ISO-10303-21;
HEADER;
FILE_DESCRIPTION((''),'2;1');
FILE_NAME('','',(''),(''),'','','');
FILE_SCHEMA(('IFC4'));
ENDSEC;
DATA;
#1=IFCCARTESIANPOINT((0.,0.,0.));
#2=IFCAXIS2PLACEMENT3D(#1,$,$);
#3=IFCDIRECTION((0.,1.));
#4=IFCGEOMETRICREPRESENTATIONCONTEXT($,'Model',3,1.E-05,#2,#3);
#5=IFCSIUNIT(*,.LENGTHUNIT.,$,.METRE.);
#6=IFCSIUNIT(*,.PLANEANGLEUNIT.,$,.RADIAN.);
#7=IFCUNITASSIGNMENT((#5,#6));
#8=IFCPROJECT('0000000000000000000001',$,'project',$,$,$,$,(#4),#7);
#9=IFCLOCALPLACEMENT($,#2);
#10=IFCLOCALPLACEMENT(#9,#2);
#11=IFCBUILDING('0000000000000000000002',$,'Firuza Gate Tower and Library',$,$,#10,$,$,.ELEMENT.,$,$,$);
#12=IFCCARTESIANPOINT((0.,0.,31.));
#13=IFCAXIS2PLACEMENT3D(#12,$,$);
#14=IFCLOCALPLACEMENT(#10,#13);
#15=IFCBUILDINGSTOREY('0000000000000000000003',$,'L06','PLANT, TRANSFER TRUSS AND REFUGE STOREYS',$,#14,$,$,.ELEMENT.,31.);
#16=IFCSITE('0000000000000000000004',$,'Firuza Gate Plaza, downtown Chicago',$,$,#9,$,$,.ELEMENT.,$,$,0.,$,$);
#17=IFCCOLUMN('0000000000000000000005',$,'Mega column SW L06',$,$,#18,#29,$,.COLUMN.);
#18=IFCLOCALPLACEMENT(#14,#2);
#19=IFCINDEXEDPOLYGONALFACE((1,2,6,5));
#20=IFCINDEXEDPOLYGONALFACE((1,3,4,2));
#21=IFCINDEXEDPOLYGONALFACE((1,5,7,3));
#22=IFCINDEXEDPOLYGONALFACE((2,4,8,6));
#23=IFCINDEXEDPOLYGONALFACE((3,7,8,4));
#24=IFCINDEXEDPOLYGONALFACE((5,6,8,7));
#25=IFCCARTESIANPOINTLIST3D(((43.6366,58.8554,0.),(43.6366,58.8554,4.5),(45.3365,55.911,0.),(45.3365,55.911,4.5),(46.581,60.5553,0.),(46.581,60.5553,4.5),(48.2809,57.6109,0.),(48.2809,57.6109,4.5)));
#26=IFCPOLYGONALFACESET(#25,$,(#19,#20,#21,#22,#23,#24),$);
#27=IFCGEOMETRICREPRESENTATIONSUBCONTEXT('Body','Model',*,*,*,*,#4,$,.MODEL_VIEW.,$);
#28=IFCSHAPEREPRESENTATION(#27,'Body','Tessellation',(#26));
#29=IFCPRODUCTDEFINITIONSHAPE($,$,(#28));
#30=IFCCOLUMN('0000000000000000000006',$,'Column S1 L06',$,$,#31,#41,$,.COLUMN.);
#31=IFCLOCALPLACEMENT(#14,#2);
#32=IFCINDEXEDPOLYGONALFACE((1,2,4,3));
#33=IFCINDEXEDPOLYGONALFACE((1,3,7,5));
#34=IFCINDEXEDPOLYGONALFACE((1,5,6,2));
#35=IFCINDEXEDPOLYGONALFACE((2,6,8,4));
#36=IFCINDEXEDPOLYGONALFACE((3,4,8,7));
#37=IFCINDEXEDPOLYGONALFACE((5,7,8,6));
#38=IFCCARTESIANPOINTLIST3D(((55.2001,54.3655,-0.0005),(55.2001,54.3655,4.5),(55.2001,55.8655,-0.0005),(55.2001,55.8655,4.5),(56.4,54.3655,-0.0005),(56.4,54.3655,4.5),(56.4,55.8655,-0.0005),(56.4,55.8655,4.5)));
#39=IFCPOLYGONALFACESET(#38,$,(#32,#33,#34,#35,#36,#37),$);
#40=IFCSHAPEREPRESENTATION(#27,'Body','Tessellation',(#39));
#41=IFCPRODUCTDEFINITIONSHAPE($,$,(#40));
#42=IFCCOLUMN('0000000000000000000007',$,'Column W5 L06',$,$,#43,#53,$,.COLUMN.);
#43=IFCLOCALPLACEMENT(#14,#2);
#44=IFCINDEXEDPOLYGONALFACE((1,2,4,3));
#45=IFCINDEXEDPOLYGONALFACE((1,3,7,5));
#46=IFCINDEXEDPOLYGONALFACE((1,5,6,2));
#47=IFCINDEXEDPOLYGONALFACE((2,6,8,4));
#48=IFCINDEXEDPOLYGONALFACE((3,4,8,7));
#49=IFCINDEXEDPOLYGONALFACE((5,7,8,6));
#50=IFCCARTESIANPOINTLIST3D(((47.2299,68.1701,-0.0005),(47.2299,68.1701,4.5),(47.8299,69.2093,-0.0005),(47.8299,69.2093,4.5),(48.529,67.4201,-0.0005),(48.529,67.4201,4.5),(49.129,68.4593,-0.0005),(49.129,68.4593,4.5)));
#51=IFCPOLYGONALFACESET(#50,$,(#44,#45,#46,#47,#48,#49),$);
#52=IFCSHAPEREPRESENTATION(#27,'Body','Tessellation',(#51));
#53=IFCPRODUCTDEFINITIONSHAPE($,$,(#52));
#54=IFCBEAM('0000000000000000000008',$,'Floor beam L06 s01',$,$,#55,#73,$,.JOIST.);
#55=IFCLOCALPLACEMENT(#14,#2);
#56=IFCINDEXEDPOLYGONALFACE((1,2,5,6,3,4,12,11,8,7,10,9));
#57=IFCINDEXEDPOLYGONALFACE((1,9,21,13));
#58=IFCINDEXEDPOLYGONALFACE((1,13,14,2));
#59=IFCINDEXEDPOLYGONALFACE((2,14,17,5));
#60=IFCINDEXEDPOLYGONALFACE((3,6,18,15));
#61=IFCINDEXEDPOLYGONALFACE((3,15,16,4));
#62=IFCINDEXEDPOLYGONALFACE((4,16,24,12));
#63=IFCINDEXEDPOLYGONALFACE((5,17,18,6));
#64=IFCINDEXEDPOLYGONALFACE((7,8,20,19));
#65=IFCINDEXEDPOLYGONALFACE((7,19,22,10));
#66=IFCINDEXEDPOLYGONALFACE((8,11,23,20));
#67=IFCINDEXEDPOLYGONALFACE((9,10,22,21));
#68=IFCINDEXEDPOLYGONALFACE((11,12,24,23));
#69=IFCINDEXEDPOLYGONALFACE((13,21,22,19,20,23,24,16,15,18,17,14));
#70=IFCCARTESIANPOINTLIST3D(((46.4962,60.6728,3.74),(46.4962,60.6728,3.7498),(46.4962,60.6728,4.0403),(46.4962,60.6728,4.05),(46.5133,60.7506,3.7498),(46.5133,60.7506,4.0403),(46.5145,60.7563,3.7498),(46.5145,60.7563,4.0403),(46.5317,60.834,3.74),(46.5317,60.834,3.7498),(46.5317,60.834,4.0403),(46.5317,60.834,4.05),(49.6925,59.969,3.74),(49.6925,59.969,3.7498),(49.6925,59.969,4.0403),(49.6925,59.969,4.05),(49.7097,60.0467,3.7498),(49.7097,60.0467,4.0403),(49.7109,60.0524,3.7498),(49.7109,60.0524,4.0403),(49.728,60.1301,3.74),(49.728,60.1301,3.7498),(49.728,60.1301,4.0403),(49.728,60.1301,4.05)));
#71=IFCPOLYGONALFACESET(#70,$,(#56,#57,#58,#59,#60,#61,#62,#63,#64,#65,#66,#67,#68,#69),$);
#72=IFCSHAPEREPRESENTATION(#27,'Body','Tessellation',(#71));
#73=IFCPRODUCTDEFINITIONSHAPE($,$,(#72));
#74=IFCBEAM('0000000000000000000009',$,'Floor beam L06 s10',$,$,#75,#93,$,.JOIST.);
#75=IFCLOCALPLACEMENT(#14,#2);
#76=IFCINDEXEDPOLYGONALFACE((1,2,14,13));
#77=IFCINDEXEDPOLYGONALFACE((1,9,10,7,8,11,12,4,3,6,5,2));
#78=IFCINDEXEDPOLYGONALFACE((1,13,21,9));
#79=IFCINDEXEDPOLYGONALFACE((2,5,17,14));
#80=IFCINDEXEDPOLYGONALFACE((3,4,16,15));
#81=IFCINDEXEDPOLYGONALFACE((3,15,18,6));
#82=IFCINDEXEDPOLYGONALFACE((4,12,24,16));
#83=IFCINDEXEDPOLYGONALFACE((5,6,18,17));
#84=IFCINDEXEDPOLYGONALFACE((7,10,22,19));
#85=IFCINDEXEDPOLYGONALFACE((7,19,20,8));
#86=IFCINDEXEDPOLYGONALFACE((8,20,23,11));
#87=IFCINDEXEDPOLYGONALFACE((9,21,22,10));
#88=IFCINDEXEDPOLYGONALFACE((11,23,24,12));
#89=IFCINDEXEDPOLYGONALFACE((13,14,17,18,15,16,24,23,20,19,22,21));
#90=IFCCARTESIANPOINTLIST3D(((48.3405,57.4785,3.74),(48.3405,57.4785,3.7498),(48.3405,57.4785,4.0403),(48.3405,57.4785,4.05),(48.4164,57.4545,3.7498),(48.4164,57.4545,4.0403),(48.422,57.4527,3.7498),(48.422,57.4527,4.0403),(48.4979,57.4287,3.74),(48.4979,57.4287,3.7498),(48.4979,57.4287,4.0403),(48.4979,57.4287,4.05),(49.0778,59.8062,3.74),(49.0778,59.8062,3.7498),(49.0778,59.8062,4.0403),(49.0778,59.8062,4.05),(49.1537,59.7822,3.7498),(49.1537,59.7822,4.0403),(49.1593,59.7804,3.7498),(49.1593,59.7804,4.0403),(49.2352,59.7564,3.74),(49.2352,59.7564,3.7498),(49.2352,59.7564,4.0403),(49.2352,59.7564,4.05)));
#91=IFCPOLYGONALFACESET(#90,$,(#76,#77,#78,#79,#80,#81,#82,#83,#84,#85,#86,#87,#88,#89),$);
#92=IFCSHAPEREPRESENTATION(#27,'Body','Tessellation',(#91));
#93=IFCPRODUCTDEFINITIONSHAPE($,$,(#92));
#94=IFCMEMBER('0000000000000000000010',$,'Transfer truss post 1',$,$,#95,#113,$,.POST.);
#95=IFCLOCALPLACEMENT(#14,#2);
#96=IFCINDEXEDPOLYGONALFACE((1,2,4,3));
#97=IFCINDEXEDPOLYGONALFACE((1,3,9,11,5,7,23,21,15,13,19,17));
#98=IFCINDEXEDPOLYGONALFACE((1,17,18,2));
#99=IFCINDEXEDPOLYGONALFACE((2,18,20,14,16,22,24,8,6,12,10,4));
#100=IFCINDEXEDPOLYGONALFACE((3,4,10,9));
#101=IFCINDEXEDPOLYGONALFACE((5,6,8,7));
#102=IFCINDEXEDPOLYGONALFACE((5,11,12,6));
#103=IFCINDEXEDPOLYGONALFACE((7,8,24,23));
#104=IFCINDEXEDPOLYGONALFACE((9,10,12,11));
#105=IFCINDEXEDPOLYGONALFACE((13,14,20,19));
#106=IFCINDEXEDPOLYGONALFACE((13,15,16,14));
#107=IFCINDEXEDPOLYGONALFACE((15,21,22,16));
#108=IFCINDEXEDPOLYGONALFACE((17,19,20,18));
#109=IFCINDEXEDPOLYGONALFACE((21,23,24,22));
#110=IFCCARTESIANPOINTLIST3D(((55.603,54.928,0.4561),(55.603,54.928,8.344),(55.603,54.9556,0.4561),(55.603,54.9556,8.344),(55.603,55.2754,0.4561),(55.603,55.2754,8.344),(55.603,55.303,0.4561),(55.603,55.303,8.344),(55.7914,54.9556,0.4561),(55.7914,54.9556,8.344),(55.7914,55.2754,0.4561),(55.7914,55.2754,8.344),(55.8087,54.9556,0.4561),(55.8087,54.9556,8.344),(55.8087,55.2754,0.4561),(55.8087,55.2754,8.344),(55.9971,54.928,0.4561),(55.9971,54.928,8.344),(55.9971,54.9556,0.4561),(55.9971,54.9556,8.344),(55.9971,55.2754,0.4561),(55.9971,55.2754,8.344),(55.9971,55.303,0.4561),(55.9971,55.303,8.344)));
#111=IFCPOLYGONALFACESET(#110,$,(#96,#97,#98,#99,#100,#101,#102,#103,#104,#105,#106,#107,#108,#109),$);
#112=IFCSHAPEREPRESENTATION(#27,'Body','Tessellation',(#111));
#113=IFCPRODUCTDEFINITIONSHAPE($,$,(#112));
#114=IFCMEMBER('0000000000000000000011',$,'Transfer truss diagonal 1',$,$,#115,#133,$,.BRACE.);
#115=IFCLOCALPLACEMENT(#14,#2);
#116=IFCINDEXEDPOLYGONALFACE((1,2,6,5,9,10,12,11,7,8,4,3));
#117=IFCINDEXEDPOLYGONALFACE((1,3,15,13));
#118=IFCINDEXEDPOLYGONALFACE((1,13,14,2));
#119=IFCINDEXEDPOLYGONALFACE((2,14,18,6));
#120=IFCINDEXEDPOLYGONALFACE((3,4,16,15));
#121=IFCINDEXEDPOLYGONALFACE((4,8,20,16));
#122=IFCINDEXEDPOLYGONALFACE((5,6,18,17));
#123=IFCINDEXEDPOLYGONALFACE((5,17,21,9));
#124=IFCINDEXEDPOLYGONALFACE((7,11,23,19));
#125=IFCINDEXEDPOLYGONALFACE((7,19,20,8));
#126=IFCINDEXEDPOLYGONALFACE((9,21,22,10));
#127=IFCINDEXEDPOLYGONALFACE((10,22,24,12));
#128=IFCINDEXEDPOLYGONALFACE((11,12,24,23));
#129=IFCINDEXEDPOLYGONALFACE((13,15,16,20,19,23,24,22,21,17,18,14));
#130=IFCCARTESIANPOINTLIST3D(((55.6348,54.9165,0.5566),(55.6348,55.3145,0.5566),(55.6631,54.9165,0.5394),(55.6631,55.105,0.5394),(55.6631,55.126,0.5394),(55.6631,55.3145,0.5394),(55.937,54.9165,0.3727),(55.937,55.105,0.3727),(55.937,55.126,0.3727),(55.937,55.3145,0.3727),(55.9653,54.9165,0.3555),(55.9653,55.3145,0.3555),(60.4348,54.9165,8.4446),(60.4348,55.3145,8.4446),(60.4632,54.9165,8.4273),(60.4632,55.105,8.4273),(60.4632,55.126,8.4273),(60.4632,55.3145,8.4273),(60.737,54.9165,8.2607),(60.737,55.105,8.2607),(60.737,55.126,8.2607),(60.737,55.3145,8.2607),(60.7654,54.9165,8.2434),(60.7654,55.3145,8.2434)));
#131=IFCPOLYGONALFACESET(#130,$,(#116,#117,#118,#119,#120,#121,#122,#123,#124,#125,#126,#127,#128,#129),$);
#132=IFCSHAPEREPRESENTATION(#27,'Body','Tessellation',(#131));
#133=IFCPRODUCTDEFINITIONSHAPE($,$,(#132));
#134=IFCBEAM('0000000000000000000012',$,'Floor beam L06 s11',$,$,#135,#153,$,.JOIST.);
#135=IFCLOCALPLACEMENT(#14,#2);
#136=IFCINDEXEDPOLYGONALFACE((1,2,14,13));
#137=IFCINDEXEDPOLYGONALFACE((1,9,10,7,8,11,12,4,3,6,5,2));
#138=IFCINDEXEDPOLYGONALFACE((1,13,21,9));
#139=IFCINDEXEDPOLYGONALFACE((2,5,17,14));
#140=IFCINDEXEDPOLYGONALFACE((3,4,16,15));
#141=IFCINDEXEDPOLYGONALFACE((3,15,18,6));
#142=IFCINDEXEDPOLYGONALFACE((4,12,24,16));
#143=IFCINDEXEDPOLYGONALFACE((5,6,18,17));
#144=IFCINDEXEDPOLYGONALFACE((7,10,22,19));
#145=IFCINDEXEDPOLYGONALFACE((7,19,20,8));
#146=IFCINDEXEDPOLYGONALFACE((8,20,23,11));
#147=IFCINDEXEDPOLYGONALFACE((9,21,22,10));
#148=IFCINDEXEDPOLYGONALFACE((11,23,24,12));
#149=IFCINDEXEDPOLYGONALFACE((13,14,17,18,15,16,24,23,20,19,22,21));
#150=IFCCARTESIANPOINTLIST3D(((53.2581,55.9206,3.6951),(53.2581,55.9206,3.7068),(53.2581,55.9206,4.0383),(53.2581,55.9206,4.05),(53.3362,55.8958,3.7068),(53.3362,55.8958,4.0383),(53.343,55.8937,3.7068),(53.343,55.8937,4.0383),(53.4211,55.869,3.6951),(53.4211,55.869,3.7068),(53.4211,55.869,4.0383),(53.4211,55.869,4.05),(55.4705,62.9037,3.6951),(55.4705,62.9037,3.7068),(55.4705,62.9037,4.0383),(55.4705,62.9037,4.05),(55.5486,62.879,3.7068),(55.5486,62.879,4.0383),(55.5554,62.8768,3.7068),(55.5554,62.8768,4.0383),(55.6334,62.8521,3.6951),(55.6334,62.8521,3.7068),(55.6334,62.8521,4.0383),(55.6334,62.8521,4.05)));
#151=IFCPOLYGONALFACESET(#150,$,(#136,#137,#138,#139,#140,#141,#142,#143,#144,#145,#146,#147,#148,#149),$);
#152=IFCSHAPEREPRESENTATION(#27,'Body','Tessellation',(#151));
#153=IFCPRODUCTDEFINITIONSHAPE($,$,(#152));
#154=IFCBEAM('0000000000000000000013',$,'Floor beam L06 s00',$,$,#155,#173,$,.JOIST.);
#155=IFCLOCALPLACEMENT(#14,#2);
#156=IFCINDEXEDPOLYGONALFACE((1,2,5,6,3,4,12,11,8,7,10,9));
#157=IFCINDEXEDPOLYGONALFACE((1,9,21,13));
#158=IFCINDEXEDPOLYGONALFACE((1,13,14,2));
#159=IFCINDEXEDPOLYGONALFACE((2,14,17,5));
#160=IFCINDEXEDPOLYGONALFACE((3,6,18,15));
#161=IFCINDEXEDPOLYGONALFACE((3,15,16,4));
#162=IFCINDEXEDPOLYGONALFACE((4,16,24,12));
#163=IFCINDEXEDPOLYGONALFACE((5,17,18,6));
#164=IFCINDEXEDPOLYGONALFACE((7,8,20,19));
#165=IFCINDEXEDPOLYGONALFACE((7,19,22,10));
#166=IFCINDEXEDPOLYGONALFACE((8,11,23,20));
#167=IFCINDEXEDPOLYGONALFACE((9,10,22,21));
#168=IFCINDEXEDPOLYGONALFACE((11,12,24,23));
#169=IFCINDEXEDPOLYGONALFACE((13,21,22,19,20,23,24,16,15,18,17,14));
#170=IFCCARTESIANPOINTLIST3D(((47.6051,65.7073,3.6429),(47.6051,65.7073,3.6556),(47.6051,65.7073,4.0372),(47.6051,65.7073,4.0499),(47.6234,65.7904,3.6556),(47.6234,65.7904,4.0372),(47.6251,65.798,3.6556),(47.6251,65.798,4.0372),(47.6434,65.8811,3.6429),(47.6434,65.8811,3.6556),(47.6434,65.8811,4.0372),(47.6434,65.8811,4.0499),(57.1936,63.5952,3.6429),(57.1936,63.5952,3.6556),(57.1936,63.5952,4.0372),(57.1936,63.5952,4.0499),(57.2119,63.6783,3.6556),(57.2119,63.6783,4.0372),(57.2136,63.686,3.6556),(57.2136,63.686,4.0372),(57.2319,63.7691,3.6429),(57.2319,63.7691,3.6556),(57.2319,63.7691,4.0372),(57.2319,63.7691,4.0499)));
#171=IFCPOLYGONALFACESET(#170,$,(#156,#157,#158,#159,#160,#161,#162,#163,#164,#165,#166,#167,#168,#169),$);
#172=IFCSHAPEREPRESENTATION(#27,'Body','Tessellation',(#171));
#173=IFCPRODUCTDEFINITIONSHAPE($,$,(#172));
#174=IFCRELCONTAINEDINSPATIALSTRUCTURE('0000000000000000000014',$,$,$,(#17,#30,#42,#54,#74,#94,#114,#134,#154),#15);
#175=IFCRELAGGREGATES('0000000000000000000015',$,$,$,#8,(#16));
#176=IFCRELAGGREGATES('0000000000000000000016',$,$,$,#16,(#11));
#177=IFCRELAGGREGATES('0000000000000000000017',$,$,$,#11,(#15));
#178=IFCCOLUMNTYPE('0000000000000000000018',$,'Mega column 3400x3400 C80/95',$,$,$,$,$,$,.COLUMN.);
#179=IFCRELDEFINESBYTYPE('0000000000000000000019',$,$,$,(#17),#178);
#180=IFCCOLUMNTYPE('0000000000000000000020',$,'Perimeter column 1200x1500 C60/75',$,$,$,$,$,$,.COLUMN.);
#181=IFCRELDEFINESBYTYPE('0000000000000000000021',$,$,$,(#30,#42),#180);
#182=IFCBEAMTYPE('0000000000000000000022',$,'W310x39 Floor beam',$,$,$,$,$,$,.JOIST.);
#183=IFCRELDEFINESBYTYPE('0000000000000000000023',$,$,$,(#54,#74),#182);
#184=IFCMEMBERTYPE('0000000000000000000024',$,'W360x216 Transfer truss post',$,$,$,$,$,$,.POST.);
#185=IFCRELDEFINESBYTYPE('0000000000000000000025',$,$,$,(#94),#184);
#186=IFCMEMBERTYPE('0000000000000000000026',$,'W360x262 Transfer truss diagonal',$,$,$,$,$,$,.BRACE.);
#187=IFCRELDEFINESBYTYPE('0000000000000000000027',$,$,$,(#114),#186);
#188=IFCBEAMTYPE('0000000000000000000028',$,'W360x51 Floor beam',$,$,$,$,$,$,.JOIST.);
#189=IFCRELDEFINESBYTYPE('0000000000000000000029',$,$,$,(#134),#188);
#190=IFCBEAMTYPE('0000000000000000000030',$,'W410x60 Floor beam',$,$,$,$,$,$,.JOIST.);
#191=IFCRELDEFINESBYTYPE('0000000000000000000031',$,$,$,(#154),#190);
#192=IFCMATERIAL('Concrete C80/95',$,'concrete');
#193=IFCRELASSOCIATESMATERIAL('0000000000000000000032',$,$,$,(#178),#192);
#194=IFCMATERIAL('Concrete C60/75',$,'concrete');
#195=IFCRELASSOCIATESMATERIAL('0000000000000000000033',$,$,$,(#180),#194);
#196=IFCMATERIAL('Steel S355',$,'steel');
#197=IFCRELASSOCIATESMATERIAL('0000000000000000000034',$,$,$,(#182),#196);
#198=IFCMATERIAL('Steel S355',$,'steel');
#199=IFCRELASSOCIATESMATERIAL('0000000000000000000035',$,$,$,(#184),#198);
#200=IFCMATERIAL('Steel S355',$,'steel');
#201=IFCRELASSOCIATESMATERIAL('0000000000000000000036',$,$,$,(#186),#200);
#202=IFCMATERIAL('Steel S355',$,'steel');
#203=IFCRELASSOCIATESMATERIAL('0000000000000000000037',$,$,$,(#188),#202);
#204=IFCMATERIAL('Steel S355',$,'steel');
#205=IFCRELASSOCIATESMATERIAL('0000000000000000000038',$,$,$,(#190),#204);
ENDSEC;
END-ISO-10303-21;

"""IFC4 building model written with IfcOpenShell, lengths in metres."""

from ifc_helpers import new_model, si_unit, direction, frame, origin, origin_2d, place, context, subcontext, project, spatial, rectangle, i_section, extrude, material, material_profile, profile_set, type_object, element, save


model = new_model("IFC4")

# Units and contexts
model_context = context("Model", 3, precision=1e-05, world=origin(), true_north=direction((0.0, 1.0)))
body_context = subcontext(model_context, "Body", "Model", "MODEL_VIEW")
ifc_project = project(units=[si_unit("LENGTHUNIT", "METRE"), si_unit("PLANEANGLEUNIT", "RADIAN")], contexts=[model_context])

# Site, building, storey
site_placement = place(None, origin())
site = spatial("IfcSite", under=ifc_project, at=site_placement, Name="Firuza Gate Plaza, downtown Chicago", CompositionType="ELEMENT", RefElevation=0.0)
building_placement = place(site_placement, origin())
building = spatial("IfcBuilding", under=site, at=building_placement, Name="Firuza Gate Tower and Library", CompositionType="ELEMENT")
storey_placement = place(building_placement, frame((0.0, 0.0, 31.0)))
storey = spatial("IfcBuildingStorey", under=building, at=storey_placement, Name="L06", Description="PLANT, TRANSFER TRUSS AND REFUGE STOREYS", CompositionType="ELEMENT", Elevation=31.0)

# Columns
ifc_material_1 = material(Name="Concrete C80/95", Category="concrete")
ifc_material_profile_1 = material_profile(ifc_material_1, rectangle(XDim=3.3999, YDim=3.3999, at=origin_2d()))
ifc_profile_set_1 = profile_set([ifc_material_profile_1], Name="Concrete C80/95")
column_type_1 = type_object("IfcColumnType", Name="Mega column 3400x3400 C80/95", PredefinedType="COLUMN", material=ifc_profile_set_1)
column_placement = place(storey_placement, frame((45.9587, 58.2332, 0.0), z_axis=(0.0, 0.0, 1.0), x_axis=(0.5, -0.866025, 0.0)))
element("IfcColumn", 1, at=column_placement, inside=storey, type_object=column_type_1, Name="Mega column SW L06", PredefinedType="COLUMN", context=body_context, shape_type="SweptSolid", body=[
    extrude(rectangle(XDim=3.3999, YDim=3.3999, at=origin_2d()), origin(), (0.0, 0.0, 1.0), 4.5),
])
ifc_material_2 = material(Name="Concrete C60/75", Category="concrete")
ifc_material_profile_2 = material_profile(ifc_material_2, rectangle(XDim=1.2, YDim=1.5, at=origin_2d()))
ifc_profile_set_2 = profile_set([ifc_material_profile_2], Name="Concrete C60/75")
column_type_2 = type_object("IfcColumnType", Name="Perimeter column 1200x1500 C60/75", PredefinedType="COLUMN", material=ifc_profile_set_2)
for number, where, z_axis, x_axis, name in (
    (2, (55.8, 55.1155, -0.0005), (0.0, 0.0, 1.0), (1.0, 0.0, 0.0), "Column S1 L06"),
    (3, (48.1794, 68.3147, -0.0005), (0.0, 0.0, 1.0), (-0.5, -0.866025, 0.0), "Column W5 L06"),
):
    element("IfcColumn", number, at=place(storey_placement, frame(where, z_axis=z_axis, x_axis=x_axis)), inside=storey, type_object=column_type_2, Name=name, PredefinedType="COLUMN", context=body_context, shape_type="SweptSolid", body=[
        extrude(rectangle(XDim=1.2, YDim=1.5, at=origin_2d()), origin(), (0.0, 0.0, 1.0), 4.5005),
    ])

# Beams
ifc_material_3 = material(Name="Steel S355", Category="steel")
ifc_material_profile_3 = material_profile(ifc_material_3, i_section(OverallWidth=0.165, OverallDepth=0.3101, WebThickness=0.0059, FlangeThickness=0.0098, at=origin_2d()))
ifc_profile_set_3 = profile_set([ifc_material_profile_3], Name="Steel S355")
beam_type_1 = type_object("IfcBeamType", Name="W310x39 Floor beam", PredefinedType="JOIST", material=ifc_profile_set_3)
beam_1_placement = place(storey_placement, frame((46.5139, 60.7534, 3.895), z_axis=(0.976601, -0.215058, 0.0), x_axis=(0.215058, 0.976601, 0.0)))
element("IfcBeam", 4, at=beam_1_placement, inside=storey, type_object=beam_type_1, Name="Floor beam L06 s01", PredefinedType="JOIST", context=body_context, shape_type="SweptSolid", body=[
    extrude(i_section(OverallWidth=0.165, OverallDepth=0.3101, WebThickness=0.0059, FlangeThickness=0.0098, at=origin_2d()), origin(), (0.0, 0.0, 1.0), 3.2729),
])
beam_2_placement = place(storey_placement, frame((48.4192, 57.4536, 3.895), z_axis=(0.301973, 0.953316, 0.0), x_axis=(-0.953316, 0.301973, 0.0)))
element("IfcBeam", 5, at=beam_2_placement, inside=storey, type_object=beam_type_1, Name="Floor beam L06 s10", PredefinedType="JOIST", context=body_context, shape_type="SweptSolid", body=[
    extrude(i_section(OverallWidth=0.165, OverallDepth=0.3101, WebThickness=0.0059, FlangeThickness=0.0098, at=origin_2d()), origin(), (0.0, 0.0, 1.0), 2.4417),
])

# Members
ifc_material_4 = material(Name="Steel S355", Category="steel")
ifc_material_profile_4 = material_profile(ifc_material_4, i_section(OverallWidth=0.394, OverallDepth=0.375, WebThickness=0.0173, FlangeThickness=0.0276, at=origin_2d()))
ifc_profile_set_4 = profile_set([ifc_material_profile_4], Name="Steel S355")
member_type_1 = type_object("IfcMemberType", Name="W360x216 Transfer truss post", PredefinedType="POST", material=ifc_profile_set_4)
member_1_placement = place(storey_placement, frame((55.8, 55.1155, 0.4561), z_axis=(0.0, 0.0, 1.0), x_axis=(1.0, 0.0, 0.0)))
element("IfcMember", 6, at=member_1_placement, inside=storey, type_object=member_type_1, Name="Transfer truss post 1", PredefinedType="POST", context=body_context, shape_type="SweptSolid", body=[
    extrude(i_section(OverallWidth=0.394, OverallDepth=0.375, WebThickness=0.0173, FlangeThickness=0.0276, at=origin_2d()), origin(), (0.0, 0.0, 1.0), 7.8879),
])
ifc_material_5 = material(Name="Steel S355", Category="steel")
ifc_material_profile_5 = material_profile(ifc_material_5, i_section(OverallWidth=0.3979, OverallDepth=0.387, WebThickness=0.021, FlangeThickness=0.0332, at=origin_2d()))
ifc_profile_set_5 = profile_set([ifc_material_profile_5], Name="Steel S355")
member_type_2 = type_object("IfcMemberType", Name="W360x262 Transfer truss diagonal", PredefinedType="BRACE", material=ifc_profile_set_5)
member_2_placement = place(storey_placement, frame((55.8, 55.1155, 0.4561), z_axis=(0.519844, 0.0, 0.854261), x_axis=(0.0, 1.0, 0.0)))
element("IfcMember", 7, at=member_2_placement, inside=storey, type_object=member_type_2, Name="Transfer truss diagonal 1", PredefinedType="BRACE", context=body_context, shape_type="SweptSolid", body=[
    extrude(i_section(OverallWidth=0.3979, OverallDepth=0.387, WebThickness=0.021, FlangeThickness=0.0332, at=origin_2d()), origin(), (0.0, 0.0, 1.0), 9.2336),
])

# Beams
ifc_material_6 = material(Name="Steel S355", Category="steel")
ifc_material_profile_6 = material_profile(ifc_material_6, i_section(OverallWidth=0.1709, OverallDepth=0.355, WebThickness=0.0071, FlangeThickness=0.0117, at=origin_2d()))
ifc_profile_set_6 = profile_set([ifc_material_profile_6], Name="Steel S355")
beam_type_2 = type_object("IfcBeamType", Name="W360x51 Floor beam", PredefinedType="JOIST", material=ifc_profile_set_6)
beam_3_placement = place(storey_placement, frame((53.3396, 55.8948, 3.8726), z_axis=(0.302024, 0.9533, 0.0), x_axis=(-0.9533, 0.302024, 0.0)))
element("IfcBeam", 8, at=beam_3_placement, inside=storey, type_object=beam_type_2, Name="Floor beam L06 s11", PredefinedType="JOIST", context=body_context, shape_type="SweptSolid", body=[
    extrude(i_section(OverallWidth=0.1709, OverallDepth=0.355, WebThickness=0.0071, FlangeThickness=0.0117, at=origin_2d()), origin(), (0.0, 0.0, 1.0), 7.3252),
])
ifc_material_7 = material(Name="Steel S355", Category="steel")
ifc_material_profile_7 = material_profile(ifc_material_7, i_section(OverallWidth=0.178, OverallDepth=0.407, WebThickness=0.0078, FlangeThickness=0.0127, at=origin_2d()))
ifc_profile_set_7 = profile_set([ifc_material_profile_7], Name="Steel S355")
beam_type_3 = type_object("IfcBeamType", Name="W410x60 Floor beam", PredefinedType="JOIST", material=ifc_profile_set_7)
beam_4_placement = place(storey_placement, frame((47.6243, 65.7942, 3.8464), z_axis=(0.97659, -0.215111, 0.0), x_axis=(0.215111, 0.97659, 0.0)))
element("IfcBeam", 9, at=beam_4_placement, inside=storey, type_object=beam_type_3, Name="Floor beam L06 s00", PredefinedType="JOIST", context=body_context, shape_type="SweptSolid", body=[
    extrude(i_section(OverallWidth=0.178, OverallDepth=0.407, WebThickness=0.0078, FlangeThickness=0.0127, at=origin_2d()), origin(), (0.0, 0.0, 1.0), 9.8184),
])

save(model, "model.ifc")
